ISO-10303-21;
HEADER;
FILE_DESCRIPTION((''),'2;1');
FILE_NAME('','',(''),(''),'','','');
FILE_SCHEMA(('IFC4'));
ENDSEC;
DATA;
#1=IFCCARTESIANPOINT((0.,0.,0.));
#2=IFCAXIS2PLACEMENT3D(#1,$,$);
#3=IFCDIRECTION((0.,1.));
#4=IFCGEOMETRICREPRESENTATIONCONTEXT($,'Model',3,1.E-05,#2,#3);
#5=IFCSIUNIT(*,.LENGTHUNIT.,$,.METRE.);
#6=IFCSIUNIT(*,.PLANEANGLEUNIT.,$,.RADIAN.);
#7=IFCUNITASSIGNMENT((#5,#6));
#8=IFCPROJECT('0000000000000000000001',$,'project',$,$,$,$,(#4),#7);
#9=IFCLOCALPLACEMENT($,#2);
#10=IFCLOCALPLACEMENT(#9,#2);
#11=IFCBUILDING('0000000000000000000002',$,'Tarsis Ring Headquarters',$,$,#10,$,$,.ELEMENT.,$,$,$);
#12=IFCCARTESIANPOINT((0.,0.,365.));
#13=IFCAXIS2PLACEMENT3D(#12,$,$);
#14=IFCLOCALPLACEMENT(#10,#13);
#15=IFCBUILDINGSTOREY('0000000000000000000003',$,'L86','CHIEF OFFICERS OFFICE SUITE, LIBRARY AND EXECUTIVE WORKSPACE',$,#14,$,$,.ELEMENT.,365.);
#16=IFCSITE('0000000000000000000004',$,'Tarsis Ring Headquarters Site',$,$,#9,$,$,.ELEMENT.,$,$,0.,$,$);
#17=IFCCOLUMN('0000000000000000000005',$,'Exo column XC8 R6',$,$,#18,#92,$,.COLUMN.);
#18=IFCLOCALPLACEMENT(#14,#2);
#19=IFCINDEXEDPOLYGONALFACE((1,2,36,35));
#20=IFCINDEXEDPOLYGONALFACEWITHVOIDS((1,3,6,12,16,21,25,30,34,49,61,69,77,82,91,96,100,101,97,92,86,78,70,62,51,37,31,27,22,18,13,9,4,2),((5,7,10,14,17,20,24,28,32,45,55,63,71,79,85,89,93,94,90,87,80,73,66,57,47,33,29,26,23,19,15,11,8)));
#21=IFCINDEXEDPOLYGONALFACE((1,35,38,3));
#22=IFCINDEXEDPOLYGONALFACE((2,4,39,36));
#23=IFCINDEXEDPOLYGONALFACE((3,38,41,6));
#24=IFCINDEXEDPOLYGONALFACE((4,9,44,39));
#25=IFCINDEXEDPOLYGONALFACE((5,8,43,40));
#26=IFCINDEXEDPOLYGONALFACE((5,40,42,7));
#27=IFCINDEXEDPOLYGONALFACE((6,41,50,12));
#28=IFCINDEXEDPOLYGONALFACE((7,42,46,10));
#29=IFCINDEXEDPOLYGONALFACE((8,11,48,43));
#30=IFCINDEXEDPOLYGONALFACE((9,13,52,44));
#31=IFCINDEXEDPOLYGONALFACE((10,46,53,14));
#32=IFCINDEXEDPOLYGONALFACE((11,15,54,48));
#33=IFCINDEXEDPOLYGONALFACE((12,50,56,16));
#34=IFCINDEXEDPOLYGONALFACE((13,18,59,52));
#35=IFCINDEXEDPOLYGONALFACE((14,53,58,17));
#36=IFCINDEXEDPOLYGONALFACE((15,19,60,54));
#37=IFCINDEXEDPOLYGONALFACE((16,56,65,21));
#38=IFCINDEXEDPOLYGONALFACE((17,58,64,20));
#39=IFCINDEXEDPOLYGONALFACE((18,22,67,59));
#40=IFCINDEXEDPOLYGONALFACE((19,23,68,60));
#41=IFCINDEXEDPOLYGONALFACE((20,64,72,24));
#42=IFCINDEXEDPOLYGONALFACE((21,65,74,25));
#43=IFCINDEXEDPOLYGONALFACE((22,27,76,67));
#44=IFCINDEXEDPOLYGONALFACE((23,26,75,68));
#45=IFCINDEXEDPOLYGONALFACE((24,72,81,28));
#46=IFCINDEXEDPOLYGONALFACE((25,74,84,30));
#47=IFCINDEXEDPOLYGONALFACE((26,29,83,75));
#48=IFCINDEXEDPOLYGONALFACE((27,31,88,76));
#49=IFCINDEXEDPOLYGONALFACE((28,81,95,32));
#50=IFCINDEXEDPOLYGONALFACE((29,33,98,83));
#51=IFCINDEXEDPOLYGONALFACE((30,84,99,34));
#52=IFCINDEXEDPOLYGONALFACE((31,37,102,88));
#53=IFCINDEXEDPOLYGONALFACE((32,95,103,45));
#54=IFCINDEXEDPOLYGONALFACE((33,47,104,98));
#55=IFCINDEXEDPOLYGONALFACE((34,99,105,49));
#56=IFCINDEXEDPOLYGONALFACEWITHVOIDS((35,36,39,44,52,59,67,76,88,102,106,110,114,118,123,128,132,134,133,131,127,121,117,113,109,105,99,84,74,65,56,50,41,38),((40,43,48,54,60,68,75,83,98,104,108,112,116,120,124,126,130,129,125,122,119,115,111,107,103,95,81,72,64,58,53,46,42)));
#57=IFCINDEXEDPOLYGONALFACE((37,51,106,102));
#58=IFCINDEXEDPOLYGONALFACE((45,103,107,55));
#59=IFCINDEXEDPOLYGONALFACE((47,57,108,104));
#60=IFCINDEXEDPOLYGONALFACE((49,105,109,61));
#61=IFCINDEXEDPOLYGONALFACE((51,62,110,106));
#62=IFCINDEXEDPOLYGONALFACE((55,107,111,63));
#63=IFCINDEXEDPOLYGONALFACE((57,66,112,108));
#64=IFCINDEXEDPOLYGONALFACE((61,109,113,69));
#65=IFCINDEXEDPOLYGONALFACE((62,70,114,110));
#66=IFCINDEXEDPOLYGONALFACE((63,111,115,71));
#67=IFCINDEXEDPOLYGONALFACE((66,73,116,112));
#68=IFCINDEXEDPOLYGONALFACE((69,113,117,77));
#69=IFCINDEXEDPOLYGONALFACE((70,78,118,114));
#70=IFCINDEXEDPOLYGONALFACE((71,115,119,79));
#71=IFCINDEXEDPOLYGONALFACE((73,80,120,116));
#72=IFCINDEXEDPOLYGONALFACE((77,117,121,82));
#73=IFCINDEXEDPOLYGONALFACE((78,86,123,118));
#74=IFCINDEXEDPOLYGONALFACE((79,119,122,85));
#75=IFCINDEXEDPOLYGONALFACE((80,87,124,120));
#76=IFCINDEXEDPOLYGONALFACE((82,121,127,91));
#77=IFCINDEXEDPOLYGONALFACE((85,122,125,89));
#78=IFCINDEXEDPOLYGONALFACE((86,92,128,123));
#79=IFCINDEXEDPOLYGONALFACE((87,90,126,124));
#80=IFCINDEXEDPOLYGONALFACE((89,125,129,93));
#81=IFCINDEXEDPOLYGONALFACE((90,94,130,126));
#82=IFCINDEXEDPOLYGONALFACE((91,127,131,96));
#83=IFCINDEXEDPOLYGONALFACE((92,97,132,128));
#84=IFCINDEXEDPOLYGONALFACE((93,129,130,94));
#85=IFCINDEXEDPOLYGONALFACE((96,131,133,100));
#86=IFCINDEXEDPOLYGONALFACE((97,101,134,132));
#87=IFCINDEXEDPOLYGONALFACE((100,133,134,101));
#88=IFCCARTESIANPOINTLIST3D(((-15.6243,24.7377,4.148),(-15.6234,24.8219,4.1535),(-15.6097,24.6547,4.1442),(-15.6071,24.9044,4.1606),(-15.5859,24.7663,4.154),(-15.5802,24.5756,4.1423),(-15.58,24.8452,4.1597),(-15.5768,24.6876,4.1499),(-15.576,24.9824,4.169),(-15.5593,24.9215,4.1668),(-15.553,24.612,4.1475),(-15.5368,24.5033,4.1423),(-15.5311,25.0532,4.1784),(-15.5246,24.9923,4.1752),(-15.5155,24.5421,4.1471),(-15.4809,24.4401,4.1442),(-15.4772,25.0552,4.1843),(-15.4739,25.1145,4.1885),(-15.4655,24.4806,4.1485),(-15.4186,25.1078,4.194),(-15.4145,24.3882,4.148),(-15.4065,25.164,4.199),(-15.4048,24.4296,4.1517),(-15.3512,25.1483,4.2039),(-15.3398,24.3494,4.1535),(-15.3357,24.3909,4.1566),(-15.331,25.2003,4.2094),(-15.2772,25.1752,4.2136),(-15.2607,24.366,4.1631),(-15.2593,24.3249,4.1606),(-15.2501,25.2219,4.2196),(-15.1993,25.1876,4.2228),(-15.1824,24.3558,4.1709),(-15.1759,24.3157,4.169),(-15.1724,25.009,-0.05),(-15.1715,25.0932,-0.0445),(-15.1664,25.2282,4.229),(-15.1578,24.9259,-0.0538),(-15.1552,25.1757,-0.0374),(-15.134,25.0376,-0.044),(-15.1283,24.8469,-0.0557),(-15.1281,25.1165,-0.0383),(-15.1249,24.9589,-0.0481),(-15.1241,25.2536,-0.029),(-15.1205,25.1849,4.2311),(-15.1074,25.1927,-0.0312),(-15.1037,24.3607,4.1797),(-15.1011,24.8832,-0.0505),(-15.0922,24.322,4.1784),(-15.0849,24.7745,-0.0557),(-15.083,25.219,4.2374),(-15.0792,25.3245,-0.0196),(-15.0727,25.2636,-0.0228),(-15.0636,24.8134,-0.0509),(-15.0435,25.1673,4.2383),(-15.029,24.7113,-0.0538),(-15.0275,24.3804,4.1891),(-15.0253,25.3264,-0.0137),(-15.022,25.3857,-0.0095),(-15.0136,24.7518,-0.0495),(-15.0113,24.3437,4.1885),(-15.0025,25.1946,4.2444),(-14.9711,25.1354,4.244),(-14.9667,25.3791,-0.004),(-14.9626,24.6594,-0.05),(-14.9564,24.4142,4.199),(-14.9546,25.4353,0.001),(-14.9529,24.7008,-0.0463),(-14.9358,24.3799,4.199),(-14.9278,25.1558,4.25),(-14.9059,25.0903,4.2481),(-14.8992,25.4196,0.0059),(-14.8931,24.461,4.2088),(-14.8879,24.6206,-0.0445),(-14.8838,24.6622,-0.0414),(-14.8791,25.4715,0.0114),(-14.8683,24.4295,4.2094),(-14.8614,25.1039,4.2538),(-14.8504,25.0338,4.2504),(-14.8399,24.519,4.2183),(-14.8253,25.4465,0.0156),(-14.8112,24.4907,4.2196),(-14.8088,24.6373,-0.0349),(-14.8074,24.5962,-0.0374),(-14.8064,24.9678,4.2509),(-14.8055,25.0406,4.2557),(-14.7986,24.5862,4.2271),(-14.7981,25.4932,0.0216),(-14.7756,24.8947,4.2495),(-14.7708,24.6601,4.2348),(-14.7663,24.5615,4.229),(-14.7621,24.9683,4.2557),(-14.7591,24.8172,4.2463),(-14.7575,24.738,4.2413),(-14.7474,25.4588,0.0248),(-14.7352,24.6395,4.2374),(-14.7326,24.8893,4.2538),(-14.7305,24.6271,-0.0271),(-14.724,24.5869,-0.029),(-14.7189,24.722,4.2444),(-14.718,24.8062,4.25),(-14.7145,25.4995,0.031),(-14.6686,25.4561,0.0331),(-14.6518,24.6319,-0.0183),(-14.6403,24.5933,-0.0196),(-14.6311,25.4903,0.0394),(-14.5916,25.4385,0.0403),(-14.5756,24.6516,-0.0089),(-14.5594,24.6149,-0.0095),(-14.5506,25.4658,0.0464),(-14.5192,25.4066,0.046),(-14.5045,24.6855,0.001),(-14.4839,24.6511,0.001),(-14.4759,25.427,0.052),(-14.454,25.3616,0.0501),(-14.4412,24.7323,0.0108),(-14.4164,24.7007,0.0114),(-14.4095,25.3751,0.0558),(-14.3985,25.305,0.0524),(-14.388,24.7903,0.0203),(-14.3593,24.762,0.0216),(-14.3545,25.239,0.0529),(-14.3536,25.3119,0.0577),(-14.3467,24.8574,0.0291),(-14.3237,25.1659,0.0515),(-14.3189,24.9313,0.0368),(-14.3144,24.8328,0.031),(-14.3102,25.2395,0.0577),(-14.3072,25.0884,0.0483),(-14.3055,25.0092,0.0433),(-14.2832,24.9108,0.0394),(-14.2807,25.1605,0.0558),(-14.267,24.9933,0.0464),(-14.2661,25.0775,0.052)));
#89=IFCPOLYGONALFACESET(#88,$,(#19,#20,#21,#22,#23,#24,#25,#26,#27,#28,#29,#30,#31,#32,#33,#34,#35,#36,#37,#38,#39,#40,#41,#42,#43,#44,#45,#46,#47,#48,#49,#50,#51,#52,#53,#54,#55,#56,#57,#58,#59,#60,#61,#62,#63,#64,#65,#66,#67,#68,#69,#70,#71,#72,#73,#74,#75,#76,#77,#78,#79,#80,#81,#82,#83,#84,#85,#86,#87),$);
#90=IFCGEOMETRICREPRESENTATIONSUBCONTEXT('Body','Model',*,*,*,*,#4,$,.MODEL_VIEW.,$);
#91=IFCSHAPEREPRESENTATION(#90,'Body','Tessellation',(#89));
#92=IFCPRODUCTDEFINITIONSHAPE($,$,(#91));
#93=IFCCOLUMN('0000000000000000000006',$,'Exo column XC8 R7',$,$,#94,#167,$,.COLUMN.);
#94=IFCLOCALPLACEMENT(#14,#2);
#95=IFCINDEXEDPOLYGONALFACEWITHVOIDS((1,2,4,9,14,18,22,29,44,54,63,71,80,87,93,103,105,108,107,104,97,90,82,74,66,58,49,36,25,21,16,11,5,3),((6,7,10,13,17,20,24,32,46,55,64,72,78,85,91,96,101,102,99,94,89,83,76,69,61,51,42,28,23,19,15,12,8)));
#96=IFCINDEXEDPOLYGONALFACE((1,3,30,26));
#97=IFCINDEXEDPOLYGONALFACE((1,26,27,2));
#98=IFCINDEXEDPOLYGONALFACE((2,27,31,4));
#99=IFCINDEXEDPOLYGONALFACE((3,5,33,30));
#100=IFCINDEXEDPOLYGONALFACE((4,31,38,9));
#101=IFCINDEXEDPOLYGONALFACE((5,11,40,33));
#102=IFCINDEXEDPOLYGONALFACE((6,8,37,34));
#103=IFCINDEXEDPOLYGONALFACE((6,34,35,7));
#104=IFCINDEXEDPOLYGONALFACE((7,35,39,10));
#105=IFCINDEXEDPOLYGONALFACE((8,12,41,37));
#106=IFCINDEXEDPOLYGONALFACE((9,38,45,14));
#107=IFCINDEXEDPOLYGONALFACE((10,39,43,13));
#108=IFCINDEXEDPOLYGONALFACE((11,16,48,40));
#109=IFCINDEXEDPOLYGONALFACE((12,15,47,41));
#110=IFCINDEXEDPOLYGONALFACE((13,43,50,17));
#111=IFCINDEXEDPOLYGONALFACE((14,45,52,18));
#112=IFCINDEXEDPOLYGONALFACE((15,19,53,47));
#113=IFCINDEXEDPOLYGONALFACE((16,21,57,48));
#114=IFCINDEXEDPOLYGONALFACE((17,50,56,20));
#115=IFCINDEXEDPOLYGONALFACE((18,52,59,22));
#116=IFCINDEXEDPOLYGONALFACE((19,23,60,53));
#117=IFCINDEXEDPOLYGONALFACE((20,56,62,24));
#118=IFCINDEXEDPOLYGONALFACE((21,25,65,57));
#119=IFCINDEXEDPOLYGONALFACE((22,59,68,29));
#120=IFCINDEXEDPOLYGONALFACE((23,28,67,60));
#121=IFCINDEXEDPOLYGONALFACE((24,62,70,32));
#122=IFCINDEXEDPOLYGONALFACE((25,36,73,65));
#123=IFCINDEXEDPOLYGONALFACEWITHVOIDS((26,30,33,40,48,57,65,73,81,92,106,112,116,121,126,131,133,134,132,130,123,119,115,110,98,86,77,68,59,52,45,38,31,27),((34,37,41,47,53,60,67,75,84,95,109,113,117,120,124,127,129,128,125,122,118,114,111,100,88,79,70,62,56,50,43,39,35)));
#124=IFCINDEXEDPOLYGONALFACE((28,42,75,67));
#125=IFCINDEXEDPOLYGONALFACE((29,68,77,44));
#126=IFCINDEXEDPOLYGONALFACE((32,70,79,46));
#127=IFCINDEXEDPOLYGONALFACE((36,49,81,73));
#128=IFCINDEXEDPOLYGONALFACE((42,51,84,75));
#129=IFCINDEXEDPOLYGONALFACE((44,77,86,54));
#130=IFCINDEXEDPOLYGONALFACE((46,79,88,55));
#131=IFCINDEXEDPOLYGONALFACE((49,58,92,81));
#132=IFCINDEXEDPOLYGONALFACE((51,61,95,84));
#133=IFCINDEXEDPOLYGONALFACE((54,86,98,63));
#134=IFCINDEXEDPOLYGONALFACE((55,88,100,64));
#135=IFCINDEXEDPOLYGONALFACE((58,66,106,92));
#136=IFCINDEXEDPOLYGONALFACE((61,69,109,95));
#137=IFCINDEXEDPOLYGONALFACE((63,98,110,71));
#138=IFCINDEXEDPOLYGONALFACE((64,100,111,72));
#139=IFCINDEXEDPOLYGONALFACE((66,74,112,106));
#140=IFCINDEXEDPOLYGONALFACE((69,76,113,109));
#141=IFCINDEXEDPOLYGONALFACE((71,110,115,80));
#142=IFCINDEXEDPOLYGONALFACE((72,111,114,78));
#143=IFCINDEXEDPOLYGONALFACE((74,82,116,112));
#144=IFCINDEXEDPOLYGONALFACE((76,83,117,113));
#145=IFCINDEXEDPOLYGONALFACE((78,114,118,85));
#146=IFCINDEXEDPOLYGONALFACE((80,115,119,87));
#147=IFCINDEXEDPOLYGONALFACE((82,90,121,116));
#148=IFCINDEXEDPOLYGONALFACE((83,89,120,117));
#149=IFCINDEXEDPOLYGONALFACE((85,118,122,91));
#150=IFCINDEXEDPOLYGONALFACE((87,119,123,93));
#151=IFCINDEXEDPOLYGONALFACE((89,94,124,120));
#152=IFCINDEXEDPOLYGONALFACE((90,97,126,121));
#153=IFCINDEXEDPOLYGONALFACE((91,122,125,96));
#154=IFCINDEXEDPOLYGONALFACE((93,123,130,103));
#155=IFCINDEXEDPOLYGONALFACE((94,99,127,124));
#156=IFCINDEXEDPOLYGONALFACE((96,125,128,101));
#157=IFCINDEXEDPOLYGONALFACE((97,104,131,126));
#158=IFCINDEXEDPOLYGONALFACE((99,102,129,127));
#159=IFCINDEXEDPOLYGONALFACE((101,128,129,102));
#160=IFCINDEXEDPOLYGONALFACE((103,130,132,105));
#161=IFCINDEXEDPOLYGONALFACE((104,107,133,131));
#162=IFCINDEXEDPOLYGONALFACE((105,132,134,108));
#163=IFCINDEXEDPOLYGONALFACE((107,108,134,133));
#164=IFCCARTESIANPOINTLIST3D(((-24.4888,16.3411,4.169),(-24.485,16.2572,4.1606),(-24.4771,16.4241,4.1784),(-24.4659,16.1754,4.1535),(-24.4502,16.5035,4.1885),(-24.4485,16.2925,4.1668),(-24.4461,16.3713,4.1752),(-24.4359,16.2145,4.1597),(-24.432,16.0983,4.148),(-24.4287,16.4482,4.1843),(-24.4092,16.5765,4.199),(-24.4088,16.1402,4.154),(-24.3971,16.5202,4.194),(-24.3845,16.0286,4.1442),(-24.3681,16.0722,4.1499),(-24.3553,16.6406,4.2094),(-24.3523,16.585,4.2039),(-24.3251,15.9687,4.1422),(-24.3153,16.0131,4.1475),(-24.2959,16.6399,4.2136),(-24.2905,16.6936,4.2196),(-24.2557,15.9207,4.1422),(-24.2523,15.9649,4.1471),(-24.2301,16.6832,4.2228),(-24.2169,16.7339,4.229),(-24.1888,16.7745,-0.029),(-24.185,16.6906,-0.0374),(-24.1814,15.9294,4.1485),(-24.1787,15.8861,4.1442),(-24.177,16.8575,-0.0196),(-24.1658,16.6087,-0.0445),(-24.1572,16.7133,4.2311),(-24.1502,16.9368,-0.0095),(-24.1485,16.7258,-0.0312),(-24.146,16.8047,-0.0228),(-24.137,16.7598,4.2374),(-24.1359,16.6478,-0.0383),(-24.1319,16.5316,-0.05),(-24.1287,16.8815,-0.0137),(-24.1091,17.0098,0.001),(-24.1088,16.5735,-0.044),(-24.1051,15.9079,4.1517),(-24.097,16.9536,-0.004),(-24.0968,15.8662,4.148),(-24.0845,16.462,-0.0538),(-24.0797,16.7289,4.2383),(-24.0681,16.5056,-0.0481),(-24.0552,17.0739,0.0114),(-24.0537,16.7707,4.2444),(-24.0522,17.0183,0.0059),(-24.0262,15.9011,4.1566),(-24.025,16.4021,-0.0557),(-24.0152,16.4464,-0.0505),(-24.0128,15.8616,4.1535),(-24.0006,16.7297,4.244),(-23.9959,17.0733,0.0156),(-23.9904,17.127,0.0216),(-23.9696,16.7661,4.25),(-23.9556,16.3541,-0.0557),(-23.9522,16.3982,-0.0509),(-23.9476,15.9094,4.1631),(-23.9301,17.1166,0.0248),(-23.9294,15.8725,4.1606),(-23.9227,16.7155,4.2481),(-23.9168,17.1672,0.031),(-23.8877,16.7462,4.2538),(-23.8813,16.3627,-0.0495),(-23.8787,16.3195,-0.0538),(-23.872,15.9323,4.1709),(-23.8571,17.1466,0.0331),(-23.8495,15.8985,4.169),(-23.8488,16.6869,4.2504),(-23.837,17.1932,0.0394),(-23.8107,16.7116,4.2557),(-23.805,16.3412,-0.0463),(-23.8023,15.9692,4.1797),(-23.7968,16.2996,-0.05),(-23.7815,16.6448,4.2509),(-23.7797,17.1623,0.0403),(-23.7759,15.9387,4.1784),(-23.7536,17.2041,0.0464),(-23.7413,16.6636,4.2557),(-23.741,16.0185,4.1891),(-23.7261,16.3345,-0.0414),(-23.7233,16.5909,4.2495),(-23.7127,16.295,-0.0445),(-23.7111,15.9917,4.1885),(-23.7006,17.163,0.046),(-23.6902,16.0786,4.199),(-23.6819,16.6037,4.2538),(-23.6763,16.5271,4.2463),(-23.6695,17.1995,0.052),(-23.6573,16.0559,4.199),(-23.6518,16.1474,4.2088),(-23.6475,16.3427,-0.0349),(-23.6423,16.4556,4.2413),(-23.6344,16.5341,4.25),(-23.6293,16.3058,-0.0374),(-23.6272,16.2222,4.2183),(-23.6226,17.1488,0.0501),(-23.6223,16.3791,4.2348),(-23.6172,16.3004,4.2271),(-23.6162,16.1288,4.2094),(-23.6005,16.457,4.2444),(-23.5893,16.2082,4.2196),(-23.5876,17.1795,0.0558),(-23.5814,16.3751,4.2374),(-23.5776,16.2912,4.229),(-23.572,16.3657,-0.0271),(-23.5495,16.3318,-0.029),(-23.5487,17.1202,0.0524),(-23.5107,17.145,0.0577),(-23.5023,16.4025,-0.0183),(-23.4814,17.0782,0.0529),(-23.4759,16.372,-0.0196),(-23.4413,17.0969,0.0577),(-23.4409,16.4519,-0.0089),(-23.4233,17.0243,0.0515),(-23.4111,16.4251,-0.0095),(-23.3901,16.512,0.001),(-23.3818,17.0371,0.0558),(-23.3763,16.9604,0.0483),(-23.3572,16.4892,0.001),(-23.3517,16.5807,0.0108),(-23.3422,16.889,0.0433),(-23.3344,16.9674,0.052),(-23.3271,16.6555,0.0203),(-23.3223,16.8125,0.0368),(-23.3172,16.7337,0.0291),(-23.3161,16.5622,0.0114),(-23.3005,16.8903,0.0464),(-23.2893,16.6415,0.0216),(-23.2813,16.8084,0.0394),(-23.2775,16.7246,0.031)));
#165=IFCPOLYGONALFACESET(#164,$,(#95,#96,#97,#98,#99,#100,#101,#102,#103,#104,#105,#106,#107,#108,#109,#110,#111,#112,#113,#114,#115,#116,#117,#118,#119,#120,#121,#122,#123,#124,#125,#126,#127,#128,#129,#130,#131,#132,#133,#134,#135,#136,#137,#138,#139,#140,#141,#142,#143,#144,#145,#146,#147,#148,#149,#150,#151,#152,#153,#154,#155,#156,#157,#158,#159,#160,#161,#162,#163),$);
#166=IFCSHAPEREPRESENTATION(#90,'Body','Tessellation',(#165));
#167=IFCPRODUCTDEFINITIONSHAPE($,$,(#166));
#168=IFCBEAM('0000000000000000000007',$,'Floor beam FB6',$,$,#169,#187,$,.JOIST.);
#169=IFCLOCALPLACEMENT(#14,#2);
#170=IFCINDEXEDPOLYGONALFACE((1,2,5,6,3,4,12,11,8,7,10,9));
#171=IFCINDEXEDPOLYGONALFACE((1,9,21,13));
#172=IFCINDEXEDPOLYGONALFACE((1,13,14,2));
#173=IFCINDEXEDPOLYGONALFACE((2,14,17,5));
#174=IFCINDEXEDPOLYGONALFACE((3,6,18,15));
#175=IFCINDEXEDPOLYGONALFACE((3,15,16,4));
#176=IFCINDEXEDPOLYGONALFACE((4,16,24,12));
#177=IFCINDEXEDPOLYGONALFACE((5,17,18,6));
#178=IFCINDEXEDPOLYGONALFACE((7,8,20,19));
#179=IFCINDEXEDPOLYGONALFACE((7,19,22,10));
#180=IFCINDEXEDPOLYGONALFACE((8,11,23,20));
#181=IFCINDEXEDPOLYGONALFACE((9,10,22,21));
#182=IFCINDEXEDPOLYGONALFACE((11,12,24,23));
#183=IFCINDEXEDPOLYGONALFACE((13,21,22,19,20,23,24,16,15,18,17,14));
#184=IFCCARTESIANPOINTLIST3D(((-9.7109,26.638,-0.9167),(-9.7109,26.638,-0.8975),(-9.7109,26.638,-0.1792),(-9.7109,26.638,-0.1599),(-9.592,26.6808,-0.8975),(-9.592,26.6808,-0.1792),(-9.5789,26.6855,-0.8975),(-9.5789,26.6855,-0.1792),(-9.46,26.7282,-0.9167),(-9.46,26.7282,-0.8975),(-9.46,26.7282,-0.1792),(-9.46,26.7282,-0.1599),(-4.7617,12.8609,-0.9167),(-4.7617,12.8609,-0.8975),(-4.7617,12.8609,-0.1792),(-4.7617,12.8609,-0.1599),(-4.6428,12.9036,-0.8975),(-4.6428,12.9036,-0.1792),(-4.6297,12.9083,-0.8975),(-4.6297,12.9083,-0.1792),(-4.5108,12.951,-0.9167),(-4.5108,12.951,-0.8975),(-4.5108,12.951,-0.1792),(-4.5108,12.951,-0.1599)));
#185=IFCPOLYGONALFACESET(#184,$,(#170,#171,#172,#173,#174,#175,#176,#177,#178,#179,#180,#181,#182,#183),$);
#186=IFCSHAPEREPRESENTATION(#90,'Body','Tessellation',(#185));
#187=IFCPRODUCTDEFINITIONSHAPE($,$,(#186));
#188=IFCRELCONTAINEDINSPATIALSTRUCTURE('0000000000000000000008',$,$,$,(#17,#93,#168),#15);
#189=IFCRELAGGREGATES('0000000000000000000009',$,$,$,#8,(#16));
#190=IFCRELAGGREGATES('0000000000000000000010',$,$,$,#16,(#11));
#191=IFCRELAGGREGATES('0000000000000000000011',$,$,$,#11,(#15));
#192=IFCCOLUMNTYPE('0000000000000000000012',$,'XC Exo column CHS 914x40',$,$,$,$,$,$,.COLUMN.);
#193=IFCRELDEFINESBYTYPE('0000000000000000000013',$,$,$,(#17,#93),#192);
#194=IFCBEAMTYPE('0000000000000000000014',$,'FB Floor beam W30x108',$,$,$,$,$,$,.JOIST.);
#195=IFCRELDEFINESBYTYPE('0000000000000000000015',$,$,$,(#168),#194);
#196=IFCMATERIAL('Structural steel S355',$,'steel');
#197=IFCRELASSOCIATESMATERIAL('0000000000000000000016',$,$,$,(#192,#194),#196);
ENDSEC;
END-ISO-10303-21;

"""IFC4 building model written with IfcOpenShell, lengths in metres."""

from ifc_helpers import new_model, si_unit, direction, frame, origin, origin_2d, place, context, subcontext, project, spatial, hollow_circle, i_section, extrude, material, material_profile, profile_set, type_object, element, save


model = new_model("IFC4")

# Units and contexts
model_context = context("Model", 3, precision=1e-05, world=origin(), true_north=direction((0.0, 1.0)))
body_context = subcontext(model_context, "Body", "Model", "MODEL_VIEW")
ifc_project = project(units=[si_unit("LENGTHUNIT", "METRE"), si_unit("PLANEANGLEUNIT", "RADIAN")], contexts=[model_context])

# Site, building, storey
site_placement = place(None, origin())
site = spatial("IfcSite", under=ifc_project, at=site_placement, Name="Tarsis Ring Headquarters Site", CompositionType="ELEMENT", RefElevation=0.0)
building_placement = place(site_placement, origin())
building = spatial("IfcBuilding", under=site, at=building_placement, Name="Tarsis Ring Headquarters", CompositionType="ELEMENT")
storey_placement = place(building_placement, frame((0.0, 0.0, 365.0)))
storey = spatial("IfcBuildingStorey", under=building, at=storey_placement, Name="L86", Description="CHIEF OFFICERS OFFICE SUITE, LIBRARY AND EXECUTIVE WORKSPACE", CompositionType="ELEMENT", Elevation=365.0)

# Columns
ifc_material_1 = material(Name="Structural steel S355", Category="steel")
ifc_material_profile_1 = material_profile(ifc_material_1, hollow_circle(Radius=0.457, WallThickness=0.04, at=origin_2d()), Name="CHS 914x40")
ifc_profile_set_1 = profile_set([ifc_material_profile_1], Name="Structural steel S355")
column_type = type_object("IfcColumnType", Name="XC Exo column CHS 914x40", PredefinedType="COLUMN", material=ifc_profile_set_1)
for number, where, z_axis, x_axis, name in (
    (1, (-14.7192, 25.0432, 0.001), (-0.106809, -0.064109, 0.992211), (0.514632, -0.857411, 0.0), "Exo column XC8 R6"),
    (2, (-23.7332, 16.7495, 0.001), (-0.070917, -0.102424, 0.99221), (0.822159, -0.569258, 0.0), "Exo column XC8 R7"),
):
    element("IfcColumn", number, at=place(storey_placement, frame(where, z_axis=z_axis, x_axis=x_axis)), inside=storey, type_object=column_type, Name=name, PredefinedType="COLUMN", context=body_context, shape_type="SweptSolid", body=[
        extrude(hollow_circle(Radius=0.4573, WallThickness=0.04, at=origin_2d()), origin(), (0.0, 0.0, 1.0), 4.231),
    ])

# Beam
ifc_material_profile_2 = material_profile(ifc_material_1, i_section(OverallWidth=0.2666, OverallDepth=0.7568, WebThickness=0.0139, FlangeThickness=0.0193, at=origin_2d()), Name="W30x108")
ifc_profile_set_2 = profile_set([ifc_material_profile_2], Name="Structural steel S355")
beam_type_1 = type_object("IfcBeamType", Name="FB Floor beam W30x108", PredefinedType="JOIST", material=ifc_profile_set_2)
beam_1_placement = place(storey_placement, frame((-9.5854, 26.6831, -0.5383), z_axis=(0.338082, -0.941117, 0.0), x_axis=(0.941117, 0.338082, 0.0)))
element("IfcBeam", 3, at=beam_1_placement, inside=storey, type_object=beam_type_1, Name="Floor beam FB6", PredefinedType="JOIST", context=body_context, shape_type="SweptSolid", body=[
    extrude(i_section(OverallWidth=0.2666, OverallDepth=0.7568, WebThickness=0.0139, FlangeThickness=0.0193, at=origin_2d()), origin(), (0.0, 0.0, 1.0), 14.6392),
])

save(model, "model.ifc")
